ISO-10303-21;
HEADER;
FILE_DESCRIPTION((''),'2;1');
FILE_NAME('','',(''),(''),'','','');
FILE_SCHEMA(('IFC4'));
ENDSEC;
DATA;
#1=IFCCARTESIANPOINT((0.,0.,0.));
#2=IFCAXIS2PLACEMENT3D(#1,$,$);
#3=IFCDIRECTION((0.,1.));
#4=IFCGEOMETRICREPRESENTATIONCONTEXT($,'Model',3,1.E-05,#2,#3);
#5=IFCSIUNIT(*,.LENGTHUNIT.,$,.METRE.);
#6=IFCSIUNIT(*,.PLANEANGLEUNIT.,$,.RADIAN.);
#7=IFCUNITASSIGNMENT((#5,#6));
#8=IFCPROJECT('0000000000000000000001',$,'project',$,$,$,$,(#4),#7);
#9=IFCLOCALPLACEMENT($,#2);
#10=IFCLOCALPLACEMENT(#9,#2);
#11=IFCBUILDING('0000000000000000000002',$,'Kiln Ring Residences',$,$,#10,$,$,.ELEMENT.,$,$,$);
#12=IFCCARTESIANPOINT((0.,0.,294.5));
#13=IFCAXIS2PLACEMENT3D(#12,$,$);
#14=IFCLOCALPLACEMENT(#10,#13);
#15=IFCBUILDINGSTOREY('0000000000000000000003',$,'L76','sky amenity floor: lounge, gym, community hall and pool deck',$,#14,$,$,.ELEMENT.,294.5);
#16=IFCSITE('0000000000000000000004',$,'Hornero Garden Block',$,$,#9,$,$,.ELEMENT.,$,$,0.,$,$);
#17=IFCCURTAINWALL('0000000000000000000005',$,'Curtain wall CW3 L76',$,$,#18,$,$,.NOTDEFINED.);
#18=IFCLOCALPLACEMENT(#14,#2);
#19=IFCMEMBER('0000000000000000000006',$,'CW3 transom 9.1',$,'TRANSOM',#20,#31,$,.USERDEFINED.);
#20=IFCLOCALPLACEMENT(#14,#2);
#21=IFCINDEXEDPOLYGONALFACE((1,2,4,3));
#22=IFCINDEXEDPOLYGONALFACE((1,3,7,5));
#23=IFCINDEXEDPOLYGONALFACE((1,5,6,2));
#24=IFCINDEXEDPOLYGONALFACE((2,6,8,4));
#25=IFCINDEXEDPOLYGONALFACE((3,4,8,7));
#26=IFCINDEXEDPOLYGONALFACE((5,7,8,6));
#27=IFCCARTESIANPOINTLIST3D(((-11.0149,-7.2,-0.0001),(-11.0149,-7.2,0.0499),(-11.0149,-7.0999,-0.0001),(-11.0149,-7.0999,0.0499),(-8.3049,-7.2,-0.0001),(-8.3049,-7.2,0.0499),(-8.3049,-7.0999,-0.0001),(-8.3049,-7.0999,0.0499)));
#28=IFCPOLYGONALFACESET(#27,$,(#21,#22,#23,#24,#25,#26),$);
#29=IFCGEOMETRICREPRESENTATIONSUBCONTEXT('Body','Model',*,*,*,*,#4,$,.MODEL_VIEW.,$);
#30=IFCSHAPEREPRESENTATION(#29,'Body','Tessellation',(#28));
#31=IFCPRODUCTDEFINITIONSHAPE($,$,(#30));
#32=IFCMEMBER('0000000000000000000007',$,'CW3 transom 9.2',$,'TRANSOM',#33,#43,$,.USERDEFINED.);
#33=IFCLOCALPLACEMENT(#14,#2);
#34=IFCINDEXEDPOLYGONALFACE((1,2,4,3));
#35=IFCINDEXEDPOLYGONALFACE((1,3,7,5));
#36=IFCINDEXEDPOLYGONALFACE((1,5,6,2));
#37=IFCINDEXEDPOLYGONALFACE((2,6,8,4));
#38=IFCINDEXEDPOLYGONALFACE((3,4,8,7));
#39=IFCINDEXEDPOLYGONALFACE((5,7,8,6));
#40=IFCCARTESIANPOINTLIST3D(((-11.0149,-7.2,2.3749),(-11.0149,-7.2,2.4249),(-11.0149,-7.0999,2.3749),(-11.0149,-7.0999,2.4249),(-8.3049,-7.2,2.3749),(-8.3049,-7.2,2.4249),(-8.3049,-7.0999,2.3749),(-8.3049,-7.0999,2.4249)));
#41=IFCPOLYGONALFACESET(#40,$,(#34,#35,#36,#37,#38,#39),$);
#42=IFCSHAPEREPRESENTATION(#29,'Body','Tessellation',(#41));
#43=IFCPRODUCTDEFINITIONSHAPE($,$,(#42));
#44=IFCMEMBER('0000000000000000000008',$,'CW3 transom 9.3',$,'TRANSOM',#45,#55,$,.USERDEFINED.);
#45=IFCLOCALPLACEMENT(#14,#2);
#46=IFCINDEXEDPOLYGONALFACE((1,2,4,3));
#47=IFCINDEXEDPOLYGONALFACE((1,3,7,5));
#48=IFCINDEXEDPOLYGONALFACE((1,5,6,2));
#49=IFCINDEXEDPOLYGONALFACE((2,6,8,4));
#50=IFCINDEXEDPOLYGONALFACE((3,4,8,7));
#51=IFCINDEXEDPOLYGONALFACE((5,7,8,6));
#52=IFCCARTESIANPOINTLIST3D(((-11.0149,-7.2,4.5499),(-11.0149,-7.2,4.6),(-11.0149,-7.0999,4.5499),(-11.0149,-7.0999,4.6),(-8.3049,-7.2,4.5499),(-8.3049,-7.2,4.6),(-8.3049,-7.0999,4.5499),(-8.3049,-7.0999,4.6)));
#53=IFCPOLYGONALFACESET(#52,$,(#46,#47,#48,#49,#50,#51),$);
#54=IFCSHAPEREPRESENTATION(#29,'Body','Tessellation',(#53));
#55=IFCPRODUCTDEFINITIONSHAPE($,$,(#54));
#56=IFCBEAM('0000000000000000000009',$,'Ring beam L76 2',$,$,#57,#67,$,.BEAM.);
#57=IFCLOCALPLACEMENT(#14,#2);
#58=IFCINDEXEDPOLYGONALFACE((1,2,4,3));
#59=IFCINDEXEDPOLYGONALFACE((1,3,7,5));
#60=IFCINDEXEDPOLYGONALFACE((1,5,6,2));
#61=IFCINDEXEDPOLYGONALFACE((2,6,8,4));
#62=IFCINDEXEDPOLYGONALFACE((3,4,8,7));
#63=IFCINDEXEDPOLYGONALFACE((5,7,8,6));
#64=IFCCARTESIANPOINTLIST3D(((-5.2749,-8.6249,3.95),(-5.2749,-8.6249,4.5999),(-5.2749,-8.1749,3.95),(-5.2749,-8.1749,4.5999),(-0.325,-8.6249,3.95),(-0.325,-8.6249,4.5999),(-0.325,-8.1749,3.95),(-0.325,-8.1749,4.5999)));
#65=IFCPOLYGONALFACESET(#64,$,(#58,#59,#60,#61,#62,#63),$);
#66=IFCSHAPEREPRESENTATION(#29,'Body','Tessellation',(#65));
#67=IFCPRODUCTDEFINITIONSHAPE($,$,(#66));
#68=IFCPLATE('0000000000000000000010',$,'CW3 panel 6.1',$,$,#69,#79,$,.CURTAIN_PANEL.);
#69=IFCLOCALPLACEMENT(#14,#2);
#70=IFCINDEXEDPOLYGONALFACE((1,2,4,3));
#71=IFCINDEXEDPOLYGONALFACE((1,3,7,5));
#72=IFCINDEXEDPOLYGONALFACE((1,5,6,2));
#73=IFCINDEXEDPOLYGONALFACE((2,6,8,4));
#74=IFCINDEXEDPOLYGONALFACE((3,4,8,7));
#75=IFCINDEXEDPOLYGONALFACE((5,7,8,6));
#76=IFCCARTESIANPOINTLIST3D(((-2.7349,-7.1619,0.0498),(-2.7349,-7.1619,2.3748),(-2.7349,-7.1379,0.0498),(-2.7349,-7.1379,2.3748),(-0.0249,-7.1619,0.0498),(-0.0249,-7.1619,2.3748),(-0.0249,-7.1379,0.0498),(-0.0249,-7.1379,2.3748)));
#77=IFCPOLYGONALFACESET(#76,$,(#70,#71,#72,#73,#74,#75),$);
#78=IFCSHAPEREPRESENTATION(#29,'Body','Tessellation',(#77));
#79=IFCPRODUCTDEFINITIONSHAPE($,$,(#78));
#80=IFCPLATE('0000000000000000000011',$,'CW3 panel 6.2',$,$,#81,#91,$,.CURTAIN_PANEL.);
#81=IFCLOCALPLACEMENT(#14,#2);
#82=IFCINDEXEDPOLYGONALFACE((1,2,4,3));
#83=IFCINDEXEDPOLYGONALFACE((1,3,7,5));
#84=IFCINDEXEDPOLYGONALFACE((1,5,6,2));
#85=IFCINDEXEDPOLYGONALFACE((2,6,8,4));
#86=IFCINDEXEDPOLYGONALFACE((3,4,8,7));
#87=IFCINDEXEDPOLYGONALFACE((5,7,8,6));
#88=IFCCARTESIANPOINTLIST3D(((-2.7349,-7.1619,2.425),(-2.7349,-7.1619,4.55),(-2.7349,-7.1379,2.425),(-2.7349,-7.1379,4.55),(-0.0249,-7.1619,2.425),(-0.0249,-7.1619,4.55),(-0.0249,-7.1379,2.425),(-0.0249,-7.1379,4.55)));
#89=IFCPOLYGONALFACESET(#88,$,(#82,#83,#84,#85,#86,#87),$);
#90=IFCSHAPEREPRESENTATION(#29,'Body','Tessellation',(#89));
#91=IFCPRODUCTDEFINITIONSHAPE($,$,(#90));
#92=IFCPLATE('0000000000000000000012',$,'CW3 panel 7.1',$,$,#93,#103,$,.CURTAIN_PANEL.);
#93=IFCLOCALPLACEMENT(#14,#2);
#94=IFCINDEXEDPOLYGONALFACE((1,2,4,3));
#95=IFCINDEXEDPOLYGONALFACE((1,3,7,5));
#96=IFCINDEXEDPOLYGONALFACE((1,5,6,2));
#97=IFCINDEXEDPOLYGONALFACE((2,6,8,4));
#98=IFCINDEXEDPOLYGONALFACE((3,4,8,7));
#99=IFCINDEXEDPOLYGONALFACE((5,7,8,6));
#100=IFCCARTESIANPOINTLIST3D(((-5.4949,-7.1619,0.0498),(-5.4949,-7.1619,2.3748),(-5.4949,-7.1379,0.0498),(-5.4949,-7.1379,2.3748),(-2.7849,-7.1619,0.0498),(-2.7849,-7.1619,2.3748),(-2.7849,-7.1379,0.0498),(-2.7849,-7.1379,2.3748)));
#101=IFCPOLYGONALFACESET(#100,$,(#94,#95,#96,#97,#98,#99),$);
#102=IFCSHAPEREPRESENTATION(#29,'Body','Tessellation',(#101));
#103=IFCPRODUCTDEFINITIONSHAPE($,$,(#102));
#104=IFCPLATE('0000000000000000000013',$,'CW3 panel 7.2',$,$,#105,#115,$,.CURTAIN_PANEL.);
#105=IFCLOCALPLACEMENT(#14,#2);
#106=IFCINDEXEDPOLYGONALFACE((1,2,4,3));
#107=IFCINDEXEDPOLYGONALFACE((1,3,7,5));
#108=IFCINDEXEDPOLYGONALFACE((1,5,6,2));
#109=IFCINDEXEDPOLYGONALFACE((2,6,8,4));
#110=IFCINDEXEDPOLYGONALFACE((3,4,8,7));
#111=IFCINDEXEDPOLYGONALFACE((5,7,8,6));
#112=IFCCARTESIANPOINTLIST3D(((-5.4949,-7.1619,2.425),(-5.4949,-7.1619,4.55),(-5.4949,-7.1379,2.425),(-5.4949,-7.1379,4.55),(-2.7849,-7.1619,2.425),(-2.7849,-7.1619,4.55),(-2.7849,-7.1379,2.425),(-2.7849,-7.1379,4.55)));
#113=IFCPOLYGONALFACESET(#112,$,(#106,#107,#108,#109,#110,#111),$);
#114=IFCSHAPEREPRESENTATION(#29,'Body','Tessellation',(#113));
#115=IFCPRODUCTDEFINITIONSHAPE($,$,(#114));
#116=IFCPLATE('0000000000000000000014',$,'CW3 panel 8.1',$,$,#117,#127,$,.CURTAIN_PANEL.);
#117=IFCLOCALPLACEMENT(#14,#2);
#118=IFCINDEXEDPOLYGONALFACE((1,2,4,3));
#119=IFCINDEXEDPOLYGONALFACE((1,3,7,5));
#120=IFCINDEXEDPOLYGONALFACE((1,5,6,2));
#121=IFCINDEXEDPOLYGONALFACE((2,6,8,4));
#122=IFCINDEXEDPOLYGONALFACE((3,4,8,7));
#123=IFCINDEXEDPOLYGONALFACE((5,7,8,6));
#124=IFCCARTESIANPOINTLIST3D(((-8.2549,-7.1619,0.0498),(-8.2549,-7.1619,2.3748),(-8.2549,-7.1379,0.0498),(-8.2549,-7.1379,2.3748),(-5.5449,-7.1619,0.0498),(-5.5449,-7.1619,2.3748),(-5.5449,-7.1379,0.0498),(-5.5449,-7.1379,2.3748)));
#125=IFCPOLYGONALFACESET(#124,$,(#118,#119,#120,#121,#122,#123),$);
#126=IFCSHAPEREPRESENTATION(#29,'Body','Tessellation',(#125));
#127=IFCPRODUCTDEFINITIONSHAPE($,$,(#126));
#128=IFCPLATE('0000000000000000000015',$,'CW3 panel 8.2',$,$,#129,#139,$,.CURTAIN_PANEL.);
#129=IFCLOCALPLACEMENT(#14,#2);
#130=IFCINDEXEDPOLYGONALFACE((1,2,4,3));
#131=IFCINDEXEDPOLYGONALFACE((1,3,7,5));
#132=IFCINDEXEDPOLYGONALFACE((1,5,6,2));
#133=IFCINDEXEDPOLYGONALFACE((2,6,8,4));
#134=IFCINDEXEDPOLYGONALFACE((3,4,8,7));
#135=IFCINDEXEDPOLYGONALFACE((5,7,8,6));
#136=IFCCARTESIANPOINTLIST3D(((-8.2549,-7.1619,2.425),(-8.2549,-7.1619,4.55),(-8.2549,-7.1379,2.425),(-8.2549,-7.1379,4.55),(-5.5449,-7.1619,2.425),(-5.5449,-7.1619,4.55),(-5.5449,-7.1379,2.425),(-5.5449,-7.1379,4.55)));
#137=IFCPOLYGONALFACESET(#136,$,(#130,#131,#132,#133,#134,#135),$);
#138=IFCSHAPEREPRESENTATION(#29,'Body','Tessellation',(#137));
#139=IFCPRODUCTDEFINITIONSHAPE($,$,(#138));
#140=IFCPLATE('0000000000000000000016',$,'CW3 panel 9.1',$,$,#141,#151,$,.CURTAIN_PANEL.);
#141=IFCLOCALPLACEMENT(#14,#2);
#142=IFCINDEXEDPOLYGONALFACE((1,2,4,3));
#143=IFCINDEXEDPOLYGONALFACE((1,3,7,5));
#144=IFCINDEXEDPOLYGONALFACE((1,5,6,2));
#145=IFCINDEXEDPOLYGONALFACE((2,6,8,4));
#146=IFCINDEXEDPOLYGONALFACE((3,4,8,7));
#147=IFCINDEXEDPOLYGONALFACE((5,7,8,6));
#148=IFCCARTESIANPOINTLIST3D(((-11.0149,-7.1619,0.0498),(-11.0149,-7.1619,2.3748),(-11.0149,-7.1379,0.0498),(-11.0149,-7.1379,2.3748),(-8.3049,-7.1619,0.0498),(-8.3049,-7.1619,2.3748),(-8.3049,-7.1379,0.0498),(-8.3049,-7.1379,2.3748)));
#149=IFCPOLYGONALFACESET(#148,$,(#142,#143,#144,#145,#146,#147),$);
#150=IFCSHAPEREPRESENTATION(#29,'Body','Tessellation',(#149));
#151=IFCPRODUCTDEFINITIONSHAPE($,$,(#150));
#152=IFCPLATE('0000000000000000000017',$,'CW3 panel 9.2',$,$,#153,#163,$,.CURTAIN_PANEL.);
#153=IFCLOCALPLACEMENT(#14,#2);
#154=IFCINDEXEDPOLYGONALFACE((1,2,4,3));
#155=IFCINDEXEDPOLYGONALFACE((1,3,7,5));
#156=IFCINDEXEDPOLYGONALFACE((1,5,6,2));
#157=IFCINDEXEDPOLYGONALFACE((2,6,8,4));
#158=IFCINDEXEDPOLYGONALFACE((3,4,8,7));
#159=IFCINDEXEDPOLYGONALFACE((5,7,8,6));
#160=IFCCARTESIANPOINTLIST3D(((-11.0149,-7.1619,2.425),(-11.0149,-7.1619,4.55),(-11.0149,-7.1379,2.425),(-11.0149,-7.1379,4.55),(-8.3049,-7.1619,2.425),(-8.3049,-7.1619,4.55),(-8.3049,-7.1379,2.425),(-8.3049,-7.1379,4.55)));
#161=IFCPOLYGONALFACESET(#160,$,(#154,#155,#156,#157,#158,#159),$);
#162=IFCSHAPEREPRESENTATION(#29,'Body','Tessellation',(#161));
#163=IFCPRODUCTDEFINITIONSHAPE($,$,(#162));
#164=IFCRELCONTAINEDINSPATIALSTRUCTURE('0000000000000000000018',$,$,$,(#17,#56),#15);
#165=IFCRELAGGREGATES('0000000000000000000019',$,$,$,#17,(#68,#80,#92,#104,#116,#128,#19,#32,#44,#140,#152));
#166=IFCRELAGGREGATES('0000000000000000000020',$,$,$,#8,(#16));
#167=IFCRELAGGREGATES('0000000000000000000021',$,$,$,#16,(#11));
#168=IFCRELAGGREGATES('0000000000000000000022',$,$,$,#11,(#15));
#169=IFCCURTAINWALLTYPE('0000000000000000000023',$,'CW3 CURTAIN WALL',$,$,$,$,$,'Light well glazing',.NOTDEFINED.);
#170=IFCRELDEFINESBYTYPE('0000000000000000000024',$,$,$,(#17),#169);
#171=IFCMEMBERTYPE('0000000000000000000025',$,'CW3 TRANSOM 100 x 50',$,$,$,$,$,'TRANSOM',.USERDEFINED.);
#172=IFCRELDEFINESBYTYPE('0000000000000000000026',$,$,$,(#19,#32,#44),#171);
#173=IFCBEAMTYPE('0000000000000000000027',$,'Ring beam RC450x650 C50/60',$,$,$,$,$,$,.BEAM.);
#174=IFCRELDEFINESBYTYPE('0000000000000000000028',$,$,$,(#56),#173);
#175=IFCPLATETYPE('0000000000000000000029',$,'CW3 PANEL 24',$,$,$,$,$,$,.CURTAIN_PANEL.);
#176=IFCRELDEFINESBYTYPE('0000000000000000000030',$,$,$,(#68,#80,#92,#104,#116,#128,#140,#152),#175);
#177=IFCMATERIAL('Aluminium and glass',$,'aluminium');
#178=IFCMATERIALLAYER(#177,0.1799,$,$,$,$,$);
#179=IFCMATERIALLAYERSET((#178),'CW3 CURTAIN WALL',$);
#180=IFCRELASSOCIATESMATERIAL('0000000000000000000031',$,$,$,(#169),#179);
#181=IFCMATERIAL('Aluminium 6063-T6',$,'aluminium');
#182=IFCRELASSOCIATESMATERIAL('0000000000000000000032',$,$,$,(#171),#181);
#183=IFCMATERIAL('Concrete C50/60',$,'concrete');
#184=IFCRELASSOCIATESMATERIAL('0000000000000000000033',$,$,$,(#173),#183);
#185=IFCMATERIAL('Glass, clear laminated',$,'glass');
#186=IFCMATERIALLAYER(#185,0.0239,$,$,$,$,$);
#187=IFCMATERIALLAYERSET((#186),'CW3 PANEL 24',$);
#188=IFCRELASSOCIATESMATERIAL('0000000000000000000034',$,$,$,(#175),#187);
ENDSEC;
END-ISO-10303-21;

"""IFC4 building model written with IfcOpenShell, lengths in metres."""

from ifc_helpers import new_model, si_unit, direction, frame, origin, origin_2d, place, context, subcontext, project, spatial, rectangle, extrude, material, layer, layer_set, material_profile, profile_set, type_object, element, aggregate, save


model = new_model("IFC4")

# Units and contexts
model_context = context("Model", 3, precision=1e-05, world=origin(), true_north=direction((0.0, 1.0)))
body_context = subcontext(model_context, "Body", "Model", "MODEL_VIEW")
ifc_project = project(units=[si_unit("LENGTHUNIT", "METRE"), si_unit("PLANEANGLEUNIT", "RADIAN")], contexts=[model_context])

# Site, building, storey
site_placement = place(None, origin())
site = spatial("IfcSite", under=ifc_project, at=site_placement, Name="Hornero Garden Block", CompositionType="ELEMENT", RefElevation=0.0)
building_placement = place(site_placement, origin())
building = spatial("IfcBuilding", under=site, at=building_placement, Name="Kiln Ring Residences", CompositionType="ELEMENT")
storey_placement = place(building_placement, frame((0.0, 0.0, 294.5)))
storey = spatial("IfcBuildingStorey", under=building, at=storey_placement, Name="L76", Description="sky amenity floor: lounge, gym, community hall and pool deck", CompositionType="ELEMENT", Elevation=294.5)

# Curtain wall, members
ifc_material_1 = material(Name="Aluminium and glass", Category="aluminium")
ifc_layer_1 = layer(ifc_material_1, 0.1799)
ifc_layer_set_1 = layer_set([ifc_layer_1], Name="CW3 CURTAIN WALL")
curtain_wall_type = type_object("IfcCurtainWallType", Name="CW3 CURTAIN WALL", ElementType="Light well glazing", PredefinedType="NOTDEFINED", material=ifc_layer_set_1)
curtain_wall_placement = place(storey_placement, origin())
curtain_wall = element("IfcCurtainWall", 1, at=curtain_wall_placement, inside=storey, type_object=curtain_wall_type, Name="Curtain wall CW3 L76", PredefinedType="NOTDEFINED")
ifc_material_2 = material(Name="Aluminium 6063-T6", Category="aluminium")
ifc_material_profile_1 = material_profile(ifc_material_2, rectangle(XDim=0.1001, YDim=0.05, at=origin_2d()), Name="AL 100x50")
ifc_profile_set_1 = profile_set([ifc_material_profile_1], Name="Aluminium 6063-T6")
member_type_1 = type_object("IfcMemberType", Name="CW3 TRANSOM 100 x 50", ElementType="TRANSOM", PredefinedType="USERDEFINED", material=ifc_profile_set_1)
member_1_placement = place(storey_placement, frame((-8.3049, -7.1499, 0.0249), z_axis=(-1.0, 0.0, 0.0), x_axis=(0.0, -1.0, 0.0)))
member_1 = element("IfcMember", 2, at=member_1_placement, type_object=member_type_1, Name="CW3 transom 9.1", ObjectType="TRANSOM", PredefinedType="USERDEFINED", context=body_context, shape_type="SweptSolid", body=[
    extrude(rectangle(XDim=0.1001, YDim=0.05, at=origin_2d()), origin(), (0.0, 0.0, 1.0), 2.71),
])
member_2_placement = place(storey_placement, frame((-8.3049, -7.1499, 2.3999), z_axis=(-1.0, 0.0, 0.0), x_axis=(0.0, -1.0, 0.0)))
member_2 = element("IfcMember", 3, at=member_2_placement, type_object=member_type_1, Name="CW3 transom 9.2", ObjectType="TRANSOM", PredefinedType="USERDEFINED", context=body_context, shape_type="SweptSolid", body=[
    extrude(rectangle(XDim=0.1001, YDim=0.05, at=origin_2d()), origin(), (0.0, 0.0, 1.0), 2.71),
])
member_3_placement = place(storey_placement, frame((-8.3049, -7.1499, 4.575), z_axis=(-1.0, 0.0, 0.0), x_axis=(0.0, -1.0, 0.0)))
member_3 = element("IfcMember", 4, at=member_3_placement, type_object=member_type_1, Name="CW3 transom 9.3", ObjectType="TRANSOM", PredefinedType="USERDEFINED", context=body_context, shape_type="SweptSolid", body=[
    extrude(rectangle(XDim=0.1001, YDim=0.05, at=origin_2d()), origin(), (0.0, 0.0, 1.0), 2.71),
])

# Beam
ifc_material_3 = material(Name="Concrete C50/60", Category="concrete")
ifc_material_profile_2 = material_profile(ifc_material_3, rectangle(XDim=0.45, YDim=0.6499, at=origin_2d()), Name="RC450x650")
ifc_profile_set_2 = profile_set([ifc_material_profile_2], Name="Concrete C50/60")
beam_type = type_object("IfcBeamType", Name="Ring beam RC450x650 C50/60", PredefinedType="BEAM", material=ifc_profile_set_2)
beam_placement = place(storey_placement, frame((-5.2749, -8.3999, 4.2749), z_axis=(1.0, 0.0, 0.0), x_axis=(0.0, 1.0, 0.0)))
element("IfcBeam", 5, at=beam_placement, inside=storey, type_object=beam_type, Name="Ring beam L76 2", PredefinedType="BEAM", context=body_context, shape_type="SweptSolid", body=[
    extrude(rectangle(XDim=0.45, YDim=0.6499, at=origin_2d()), origin(), (0.0, 0.0, 1.0), 4.95),
])

# Plates
ifc_material_4 = material(Name="Glass, clear laminated", Category="glass")
ifc_layer_2 = layer(ifc_material_4, 0.0239)
ifc_layer_set_2 = layer_set([ifc_layer_2], Name="CW3 PANEL 24")
plate_type = type_object("IfcPlateType", Name="CW3 PANEL 24", PredefinedType="CURTAIN_PANEL", material=ifc_layer_set_2)
plate_1_placement = place(storey_placement, frame((-1.3799, -7.1499, 0.0498), z_axis=(0.0, 0.0, 1.0), x_axis=(-1.0, 0.0, 0.0)))
plate_1 = element("IfcPlate", 6, at=plate_1_placement, type_object=plate_type, Name="CW3 panel 6.1", PredefinedType="CURTAIN_PANEL", context=body_context, shape_type="SweptSolid", body=[
    extrude(rectangle(XDim=2.71, YDim=0.0239, at=origin_2d()), origin(), (0.0, 0.0, 1.0), 2.325),
])
plate_2_placement = place(storey_placement, frame((-1.3799, -7.1499, 2.425), z_axis=(0.0, 0.0, 1.0), x_axis=(-1.0, 0.0, 0.0)))
plate_2 = element("IfcPlate", 7, at=plate_2_placement, type_object=plate_type, Name="CW3 panel 6.2", PredefinedType="CURTAIN_PANEL", context=body_context, shape_type="SweptSolid", body=[
    extrude(rectangle(XDim=2.71, YDim=0.0239, at=origin_2d()), origin(), (0.0, 0.0, 1.0), 2.125),
])
plate_3_placement = place(storey_placement, frame((-4.1399, -7.1499, 0.0498), z_axis=(0.0, 0.0, 1.0), x_axis=(-1.0, 0.0, 0.0)))
plate_3 = element("IfcPlate", 8, at=plate_3_placement, type_object=plate_type, Name="CW3 panel 7.1", PredefinedType="CURTAIN_PANEL", context=body_context, shape_type="SweptSolid", body=[
    extrude(rectangle(XDim=2.71, YDim=0.0239, at=origin_2d()), origin(), (0.0, 0.0, 1.0), 2.325),
])
plate_4_placement = place(storey_placement, frame((-4.1399, -7.1499, 2.425), z_axis=(0.0, 0.0, 1.0), x_axis=(-1.0, 0.0, 0.0)))
plate_4 = element("IfcPlate", 9, at=plate_4_placement, type_object=plate_type, Name="CW3 panel 7.2", PredefinedType="CURTAIN_PANEL", context=body_context, shape_type="SweptSolid", body=[
    extrude(rectangle(XDim=2.71, YDim=0.0239, at=origin_2d()), origin(), (0.0, 0.0, 1.0), 2.125),
])
plate_5_placement = place(storey_placement, frame((-6.8999, -7.1499, 0.0498), z_axis=(0.0, 0.0, 1.0), x_axis=(-1.0, 0.0, 0.0)))
plate_5 = element("IfcPlate", 10, at=plate_5_placement, type_object=plate_type, Name="CW3 panel 8.1", PredefinedType="CURTAIN_PANEL", context=body_context, shape_type="SweptSolid", body=[
    extrude(rectangle(XDim=2.71, YDim=0.0239, at=origin_2d()), origin(), (0.0, 0.0, 1.0), 2.325),
])
plate_6_placement = place(storey_placement, frame((-6.8999, -7.1499, 2.425), z_axis=(0.0, 0.0, 1.0), x_axis=(-1.0, 0.0, 0.0)))
plate_6 = element("IfcPlate", 11, at=plate_6_placement, type_object=plate_type, Name="CW3 panel 8.2", PredefinedType="CURTAIN_PANEL", context=body_context, shape_type="SweptSolid", body=[
    extrude(rectangle(XDim=2.71, YDim=0.0239, at=origin_2d()), origin(), (0.0, 0.0, 1.0), 2.125),
])
plate_7_placement = place(storey_placement, frame((-9.6599, -7.1499, 0.0498), z_axis=(0.0, 0.0, 1.0), x_axis=(-1.0, 0.0, 0.0)))
plate_7 = element("IfcPlate", 12, at=plate_7_placement, type_object=plate_type, Name="CW3 panel 9.1", PredefinedType="CURTAIN_PANEL", context=body_context, shape_type="SweptSolid", body=[
    extrude(rectangle(XDim=2.71, YDim=0.0239, at=origin_2d()), origin(), (0.0, 0.0, 1.0), 2.325),
])
plate_8_placement = place(storey_placement, frame((-9.6599, -7.1499, 2.425), z_axis=(0.0, 0.0, 1.0), x_axis=(-1.0, 0.0, 0.0)))
plate_8 = element("IfcPlate", 13, at=plate_8_placement, type_object=plate_type, Name="CW3 panel 9.2", PredefinedType="CURTAIN_PANEL", context=body_context, shape_type="SweptSolid", body=[
    extrude(rectangle(XDim=2.71, YDim=0.0239, at=origin_2d()), origin(), (0.0, 0.0, 1.0), 2.125),
])
aggregate(curtain_wall, [plate_1, plate_2, plate_3, plate_4, plate_5, plate_6, member_1, member_2, member_3, plate_7, plate_8])

save(model, "model.ifc")
